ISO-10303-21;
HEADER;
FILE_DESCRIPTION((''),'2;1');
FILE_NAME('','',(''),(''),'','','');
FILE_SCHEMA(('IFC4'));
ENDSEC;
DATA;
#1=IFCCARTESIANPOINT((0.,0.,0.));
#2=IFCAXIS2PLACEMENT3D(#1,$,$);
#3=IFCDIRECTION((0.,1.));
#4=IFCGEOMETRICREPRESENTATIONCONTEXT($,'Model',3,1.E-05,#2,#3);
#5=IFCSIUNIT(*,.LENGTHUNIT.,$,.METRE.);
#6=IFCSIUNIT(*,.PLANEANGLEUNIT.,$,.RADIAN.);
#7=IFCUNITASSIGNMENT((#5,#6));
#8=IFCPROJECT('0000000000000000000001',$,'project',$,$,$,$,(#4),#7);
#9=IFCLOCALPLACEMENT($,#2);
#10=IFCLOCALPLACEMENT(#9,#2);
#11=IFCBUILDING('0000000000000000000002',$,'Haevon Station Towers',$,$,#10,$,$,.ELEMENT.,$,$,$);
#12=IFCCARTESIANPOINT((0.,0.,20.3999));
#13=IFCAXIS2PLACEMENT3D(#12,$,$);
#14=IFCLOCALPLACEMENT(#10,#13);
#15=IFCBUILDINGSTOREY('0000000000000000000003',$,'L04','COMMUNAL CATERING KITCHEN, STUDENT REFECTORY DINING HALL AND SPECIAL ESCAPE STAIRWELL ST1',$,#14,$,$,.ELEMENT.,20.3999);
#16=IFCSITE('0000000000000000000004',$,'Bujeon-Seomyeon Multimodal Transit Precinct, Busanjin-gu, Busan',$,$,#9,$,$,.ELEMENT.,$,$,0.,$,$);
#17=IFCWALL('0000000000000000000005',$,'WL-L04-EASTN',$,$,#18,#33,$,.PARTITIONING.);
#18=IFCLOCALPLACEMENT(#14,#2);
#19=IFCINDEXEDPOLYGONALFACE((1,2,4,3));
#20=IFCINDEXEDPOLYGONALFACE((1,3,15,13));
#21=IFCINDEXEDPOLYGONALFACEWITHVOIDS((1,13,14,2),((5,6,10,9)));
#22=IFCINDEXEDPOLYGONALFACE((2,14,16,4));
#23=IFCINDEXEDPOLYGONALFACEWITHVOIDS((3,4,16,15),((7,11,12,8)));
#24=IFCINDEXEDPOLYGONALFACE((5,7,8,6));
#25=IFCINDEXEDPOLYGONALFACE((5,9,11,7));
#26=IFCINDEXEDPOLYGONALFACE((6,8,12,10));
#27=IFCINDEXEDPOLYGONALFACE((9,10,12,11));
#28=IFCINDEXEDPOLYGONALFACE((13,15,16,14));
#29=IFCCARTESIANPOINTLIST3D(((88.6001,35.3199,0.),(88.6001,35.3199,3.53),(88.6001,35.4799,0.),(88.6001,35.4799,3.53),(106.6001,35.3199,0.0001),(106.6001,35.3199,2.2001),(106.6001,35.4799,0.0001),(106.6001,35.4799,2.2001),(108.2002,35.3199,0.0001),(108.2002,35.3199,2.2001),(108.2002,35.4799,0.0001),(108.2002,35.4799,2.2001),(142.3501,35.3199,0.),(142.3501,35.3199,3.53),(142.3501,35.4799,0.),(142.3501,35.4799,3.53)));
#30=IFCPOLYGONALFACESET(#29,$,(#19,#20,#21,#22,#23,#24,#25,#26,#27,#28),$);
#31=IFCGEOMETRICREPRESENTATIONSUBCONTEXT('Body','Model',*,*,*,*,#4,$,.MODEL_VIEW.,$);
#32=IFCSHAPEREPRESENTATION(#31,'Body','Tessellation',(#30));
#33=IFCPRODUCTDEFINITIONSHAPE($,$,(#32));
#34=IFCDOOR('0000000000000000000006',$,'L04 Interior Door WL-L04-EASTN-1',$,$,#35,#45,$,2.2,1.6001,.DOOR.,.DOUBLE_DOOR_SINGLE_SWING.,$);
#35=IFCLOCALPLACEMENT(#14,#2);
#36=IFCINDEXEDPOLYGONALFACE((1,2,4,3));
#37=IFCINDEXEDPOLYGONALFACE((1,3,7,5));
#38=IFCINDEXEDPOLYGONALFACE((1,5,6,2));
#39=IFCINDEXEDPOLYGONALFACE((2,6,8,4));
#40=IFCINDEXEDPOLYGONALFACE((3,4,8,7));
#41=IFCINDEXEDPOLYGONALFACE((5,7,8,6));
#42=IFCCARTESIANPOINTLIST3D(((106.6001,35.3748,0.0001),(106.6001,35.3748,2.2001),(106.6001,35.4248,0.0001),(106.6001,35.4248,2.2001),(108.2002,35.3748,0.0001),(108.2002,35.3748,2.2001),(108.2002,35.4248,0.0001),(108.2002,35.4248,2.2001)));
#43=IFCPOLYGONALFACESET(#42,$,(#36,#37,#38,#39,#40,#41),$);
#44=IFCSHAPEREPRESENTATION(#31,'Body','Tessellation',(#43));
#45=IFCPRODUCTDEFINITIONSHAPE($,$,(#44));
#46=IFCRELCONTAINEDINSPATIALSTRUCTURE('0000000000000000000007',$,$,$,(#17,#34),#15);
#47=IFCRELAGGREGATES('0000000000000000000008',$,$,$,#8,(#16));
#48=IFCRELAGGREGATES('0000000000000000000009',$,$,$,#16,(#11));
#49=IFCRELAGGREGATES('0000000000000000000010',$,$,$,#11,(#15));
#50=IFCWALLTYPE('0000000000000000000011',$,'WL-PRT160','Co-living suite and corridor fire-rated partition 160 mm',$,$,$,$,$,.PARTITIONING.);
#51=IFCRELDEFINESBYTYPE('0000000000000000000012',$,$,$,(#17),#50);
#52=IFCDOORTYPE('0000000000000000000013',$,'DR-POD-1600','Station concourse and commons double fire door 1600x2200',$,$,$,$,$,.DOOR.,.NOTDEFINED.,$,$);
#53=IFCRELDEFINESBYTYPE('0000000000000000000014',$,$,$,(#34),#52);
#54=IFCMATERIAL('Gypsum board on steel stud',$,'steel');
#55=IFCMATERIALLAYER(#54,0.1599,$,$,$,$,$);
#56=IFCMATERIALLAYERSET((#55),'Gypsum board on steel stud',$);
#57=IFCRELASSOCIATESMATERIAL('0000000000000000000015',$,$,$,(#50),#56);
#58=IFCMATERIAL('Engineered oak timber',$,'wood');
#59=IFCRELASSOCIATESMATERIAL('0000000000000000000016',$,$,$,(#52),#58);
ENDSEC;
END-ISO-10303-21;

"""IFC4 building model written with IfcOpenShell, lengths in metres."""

from ifc_helpers import new_model, si_unit, direction, frame, frame_2d, origin, place, context, subcontext, project, spatial, rectangle, extrude, material, layer, layer_set, type_object, element, fill, save


model = new_model("IFC4")

# Units and contexts
model_context = context("Model", 3, precision=1e-05, world=origin(), true_north=direction((0.0, 1.0)))
body_context = subcontext(model_context, "Body", "Model", "MODEL_VIEW")
ifc_project = project(units=[si_unit("LENGTHUNIT", "METRE"), si_unit("PLANEANGLEUNIT", "RADIAN")], contexts=[model_context])

# Site, building, storey
site_placement = place(None, origin())
site = spatial("IfcSite", under=ifc_project, at=site_placement, Name="Bujeon-Seomyeon Multimodal Transit Precinct, Busanjin-gu, Busan", CompositionType="ELEMENT", RefElevation=0.0)
building_placement = place(site_placement, origin())
building = spatial("IfcBuilding", under=site, at=building_placement, Name="Haevon Station Towers", CompositionType="ELEMENT")
storey_placement = place(building_placement, frame((0.0, 0.0, 20.3999)))
storey = spatial("IfcBuildingStorey", under=building, at=storey_placement, Name="L04", Description="COMMUNAL CATERING KITCHEN, STUDENT REFECTORY DINING HALL AND SPECIAL ESCAPE STAIRWELL ST1", CompositionType="ELEMENT", Elevation=20.3999)

# Shared definitions
ifc_material_1 = material(Name="Gypsum board on steel stud", Category="steel")
ifc_layer_1 = layer(ifc_material_1, 0.1599)
ifc_layer_set_1 = layer_set([ifc_layer_1], Name="Gypsum board on steel stud")
wall_type_1 = type_object("IfcWallType", Name="WL-PRT160", Description="Co-living suite and corridor fire-rated partition 160 mm", PredefinedType="PARTITIONING", material=ifc_layer_set_1)

# Wall, opening, door
wall_1_placement = place(storey_placement, frame((88.6001, 35.3999, 0.0), z_axis=(0.0, 0.0, 1.0), x_axis=(1.0, 0.0, 0.0)))
wall_1 = element("IfcWall", 1, at=wall_1_placement, inside=storey, type_object=wall_type_1, Name="WL-L04-EASTN", PredefinedType="PARTITIONING", context=body_context, shape_type="SweptSolid", body=[
    extrude(rectangle(XDim=53.75, YDim=0.1599, at=frame_2d((26.875, 0.0))), origin(), (0.0, 0.0, 1.0), 3.53),
])
opening_1_placement = place(wall_1_placement, frame((18.0, 0.0, 0.0)))
opening_1 = element("IfcOpeningElement", 2, at=opening_1_placement, cuts=wall_1, PredefinedType="OPENING", context=body_context, shape_type="SweptSolid", body=[
    extrude(rectangle(XDim=1.6001, YDim=2.2, at=frame_2d((0.8, 1.1001))), frame((0.0, 0.0898, 0.0), z_axis=(0.0, -1.0, 0.0), x_axis=(1.0, 0.0, 0.0)), (0.0, 0.0, 1.0), 0.1799),
])
ifc_material_2 = material(Name="Engineered oak timber", Category="wood")
door_type_1 = type_object("IfcDoorType", Name="DR-POD-1600", Description="Station concourse and commons double fire door 1600x2200", OperationType="NOTDEFINED", PredefinedType="DOOR", material=ifc_material_2)
door_1_placement = place(opening_1_placement, origin())
door_1 = element("IfcDoor", 3, at=door_1_placement, inside=storey, type_object=door_type_1, Name="L04 Interior Door WL-L04-EASTN-1", OperationType="DOUBLE_DOOR_SINGLE_SWING", OverallHeight=2.2, OverallWidth=1.6001, PredefinedType="DOOR", context=body_context, shape_type="SweptSolid", body=[
    extrude(rectangle(XDim=1.6001, YDim=2.2, at=frame_2d((0.8, 1.1001))), frame((0.0, 0.0249, 0.0), z_axis=(0.0, -1.0, 0.0), x_axis=(1.0, 0.0, 0.0)), (0.0, 0.0, 1.0), 0.05),
])
fill(opening_1, door_1)

save(model, "model.ifc")
